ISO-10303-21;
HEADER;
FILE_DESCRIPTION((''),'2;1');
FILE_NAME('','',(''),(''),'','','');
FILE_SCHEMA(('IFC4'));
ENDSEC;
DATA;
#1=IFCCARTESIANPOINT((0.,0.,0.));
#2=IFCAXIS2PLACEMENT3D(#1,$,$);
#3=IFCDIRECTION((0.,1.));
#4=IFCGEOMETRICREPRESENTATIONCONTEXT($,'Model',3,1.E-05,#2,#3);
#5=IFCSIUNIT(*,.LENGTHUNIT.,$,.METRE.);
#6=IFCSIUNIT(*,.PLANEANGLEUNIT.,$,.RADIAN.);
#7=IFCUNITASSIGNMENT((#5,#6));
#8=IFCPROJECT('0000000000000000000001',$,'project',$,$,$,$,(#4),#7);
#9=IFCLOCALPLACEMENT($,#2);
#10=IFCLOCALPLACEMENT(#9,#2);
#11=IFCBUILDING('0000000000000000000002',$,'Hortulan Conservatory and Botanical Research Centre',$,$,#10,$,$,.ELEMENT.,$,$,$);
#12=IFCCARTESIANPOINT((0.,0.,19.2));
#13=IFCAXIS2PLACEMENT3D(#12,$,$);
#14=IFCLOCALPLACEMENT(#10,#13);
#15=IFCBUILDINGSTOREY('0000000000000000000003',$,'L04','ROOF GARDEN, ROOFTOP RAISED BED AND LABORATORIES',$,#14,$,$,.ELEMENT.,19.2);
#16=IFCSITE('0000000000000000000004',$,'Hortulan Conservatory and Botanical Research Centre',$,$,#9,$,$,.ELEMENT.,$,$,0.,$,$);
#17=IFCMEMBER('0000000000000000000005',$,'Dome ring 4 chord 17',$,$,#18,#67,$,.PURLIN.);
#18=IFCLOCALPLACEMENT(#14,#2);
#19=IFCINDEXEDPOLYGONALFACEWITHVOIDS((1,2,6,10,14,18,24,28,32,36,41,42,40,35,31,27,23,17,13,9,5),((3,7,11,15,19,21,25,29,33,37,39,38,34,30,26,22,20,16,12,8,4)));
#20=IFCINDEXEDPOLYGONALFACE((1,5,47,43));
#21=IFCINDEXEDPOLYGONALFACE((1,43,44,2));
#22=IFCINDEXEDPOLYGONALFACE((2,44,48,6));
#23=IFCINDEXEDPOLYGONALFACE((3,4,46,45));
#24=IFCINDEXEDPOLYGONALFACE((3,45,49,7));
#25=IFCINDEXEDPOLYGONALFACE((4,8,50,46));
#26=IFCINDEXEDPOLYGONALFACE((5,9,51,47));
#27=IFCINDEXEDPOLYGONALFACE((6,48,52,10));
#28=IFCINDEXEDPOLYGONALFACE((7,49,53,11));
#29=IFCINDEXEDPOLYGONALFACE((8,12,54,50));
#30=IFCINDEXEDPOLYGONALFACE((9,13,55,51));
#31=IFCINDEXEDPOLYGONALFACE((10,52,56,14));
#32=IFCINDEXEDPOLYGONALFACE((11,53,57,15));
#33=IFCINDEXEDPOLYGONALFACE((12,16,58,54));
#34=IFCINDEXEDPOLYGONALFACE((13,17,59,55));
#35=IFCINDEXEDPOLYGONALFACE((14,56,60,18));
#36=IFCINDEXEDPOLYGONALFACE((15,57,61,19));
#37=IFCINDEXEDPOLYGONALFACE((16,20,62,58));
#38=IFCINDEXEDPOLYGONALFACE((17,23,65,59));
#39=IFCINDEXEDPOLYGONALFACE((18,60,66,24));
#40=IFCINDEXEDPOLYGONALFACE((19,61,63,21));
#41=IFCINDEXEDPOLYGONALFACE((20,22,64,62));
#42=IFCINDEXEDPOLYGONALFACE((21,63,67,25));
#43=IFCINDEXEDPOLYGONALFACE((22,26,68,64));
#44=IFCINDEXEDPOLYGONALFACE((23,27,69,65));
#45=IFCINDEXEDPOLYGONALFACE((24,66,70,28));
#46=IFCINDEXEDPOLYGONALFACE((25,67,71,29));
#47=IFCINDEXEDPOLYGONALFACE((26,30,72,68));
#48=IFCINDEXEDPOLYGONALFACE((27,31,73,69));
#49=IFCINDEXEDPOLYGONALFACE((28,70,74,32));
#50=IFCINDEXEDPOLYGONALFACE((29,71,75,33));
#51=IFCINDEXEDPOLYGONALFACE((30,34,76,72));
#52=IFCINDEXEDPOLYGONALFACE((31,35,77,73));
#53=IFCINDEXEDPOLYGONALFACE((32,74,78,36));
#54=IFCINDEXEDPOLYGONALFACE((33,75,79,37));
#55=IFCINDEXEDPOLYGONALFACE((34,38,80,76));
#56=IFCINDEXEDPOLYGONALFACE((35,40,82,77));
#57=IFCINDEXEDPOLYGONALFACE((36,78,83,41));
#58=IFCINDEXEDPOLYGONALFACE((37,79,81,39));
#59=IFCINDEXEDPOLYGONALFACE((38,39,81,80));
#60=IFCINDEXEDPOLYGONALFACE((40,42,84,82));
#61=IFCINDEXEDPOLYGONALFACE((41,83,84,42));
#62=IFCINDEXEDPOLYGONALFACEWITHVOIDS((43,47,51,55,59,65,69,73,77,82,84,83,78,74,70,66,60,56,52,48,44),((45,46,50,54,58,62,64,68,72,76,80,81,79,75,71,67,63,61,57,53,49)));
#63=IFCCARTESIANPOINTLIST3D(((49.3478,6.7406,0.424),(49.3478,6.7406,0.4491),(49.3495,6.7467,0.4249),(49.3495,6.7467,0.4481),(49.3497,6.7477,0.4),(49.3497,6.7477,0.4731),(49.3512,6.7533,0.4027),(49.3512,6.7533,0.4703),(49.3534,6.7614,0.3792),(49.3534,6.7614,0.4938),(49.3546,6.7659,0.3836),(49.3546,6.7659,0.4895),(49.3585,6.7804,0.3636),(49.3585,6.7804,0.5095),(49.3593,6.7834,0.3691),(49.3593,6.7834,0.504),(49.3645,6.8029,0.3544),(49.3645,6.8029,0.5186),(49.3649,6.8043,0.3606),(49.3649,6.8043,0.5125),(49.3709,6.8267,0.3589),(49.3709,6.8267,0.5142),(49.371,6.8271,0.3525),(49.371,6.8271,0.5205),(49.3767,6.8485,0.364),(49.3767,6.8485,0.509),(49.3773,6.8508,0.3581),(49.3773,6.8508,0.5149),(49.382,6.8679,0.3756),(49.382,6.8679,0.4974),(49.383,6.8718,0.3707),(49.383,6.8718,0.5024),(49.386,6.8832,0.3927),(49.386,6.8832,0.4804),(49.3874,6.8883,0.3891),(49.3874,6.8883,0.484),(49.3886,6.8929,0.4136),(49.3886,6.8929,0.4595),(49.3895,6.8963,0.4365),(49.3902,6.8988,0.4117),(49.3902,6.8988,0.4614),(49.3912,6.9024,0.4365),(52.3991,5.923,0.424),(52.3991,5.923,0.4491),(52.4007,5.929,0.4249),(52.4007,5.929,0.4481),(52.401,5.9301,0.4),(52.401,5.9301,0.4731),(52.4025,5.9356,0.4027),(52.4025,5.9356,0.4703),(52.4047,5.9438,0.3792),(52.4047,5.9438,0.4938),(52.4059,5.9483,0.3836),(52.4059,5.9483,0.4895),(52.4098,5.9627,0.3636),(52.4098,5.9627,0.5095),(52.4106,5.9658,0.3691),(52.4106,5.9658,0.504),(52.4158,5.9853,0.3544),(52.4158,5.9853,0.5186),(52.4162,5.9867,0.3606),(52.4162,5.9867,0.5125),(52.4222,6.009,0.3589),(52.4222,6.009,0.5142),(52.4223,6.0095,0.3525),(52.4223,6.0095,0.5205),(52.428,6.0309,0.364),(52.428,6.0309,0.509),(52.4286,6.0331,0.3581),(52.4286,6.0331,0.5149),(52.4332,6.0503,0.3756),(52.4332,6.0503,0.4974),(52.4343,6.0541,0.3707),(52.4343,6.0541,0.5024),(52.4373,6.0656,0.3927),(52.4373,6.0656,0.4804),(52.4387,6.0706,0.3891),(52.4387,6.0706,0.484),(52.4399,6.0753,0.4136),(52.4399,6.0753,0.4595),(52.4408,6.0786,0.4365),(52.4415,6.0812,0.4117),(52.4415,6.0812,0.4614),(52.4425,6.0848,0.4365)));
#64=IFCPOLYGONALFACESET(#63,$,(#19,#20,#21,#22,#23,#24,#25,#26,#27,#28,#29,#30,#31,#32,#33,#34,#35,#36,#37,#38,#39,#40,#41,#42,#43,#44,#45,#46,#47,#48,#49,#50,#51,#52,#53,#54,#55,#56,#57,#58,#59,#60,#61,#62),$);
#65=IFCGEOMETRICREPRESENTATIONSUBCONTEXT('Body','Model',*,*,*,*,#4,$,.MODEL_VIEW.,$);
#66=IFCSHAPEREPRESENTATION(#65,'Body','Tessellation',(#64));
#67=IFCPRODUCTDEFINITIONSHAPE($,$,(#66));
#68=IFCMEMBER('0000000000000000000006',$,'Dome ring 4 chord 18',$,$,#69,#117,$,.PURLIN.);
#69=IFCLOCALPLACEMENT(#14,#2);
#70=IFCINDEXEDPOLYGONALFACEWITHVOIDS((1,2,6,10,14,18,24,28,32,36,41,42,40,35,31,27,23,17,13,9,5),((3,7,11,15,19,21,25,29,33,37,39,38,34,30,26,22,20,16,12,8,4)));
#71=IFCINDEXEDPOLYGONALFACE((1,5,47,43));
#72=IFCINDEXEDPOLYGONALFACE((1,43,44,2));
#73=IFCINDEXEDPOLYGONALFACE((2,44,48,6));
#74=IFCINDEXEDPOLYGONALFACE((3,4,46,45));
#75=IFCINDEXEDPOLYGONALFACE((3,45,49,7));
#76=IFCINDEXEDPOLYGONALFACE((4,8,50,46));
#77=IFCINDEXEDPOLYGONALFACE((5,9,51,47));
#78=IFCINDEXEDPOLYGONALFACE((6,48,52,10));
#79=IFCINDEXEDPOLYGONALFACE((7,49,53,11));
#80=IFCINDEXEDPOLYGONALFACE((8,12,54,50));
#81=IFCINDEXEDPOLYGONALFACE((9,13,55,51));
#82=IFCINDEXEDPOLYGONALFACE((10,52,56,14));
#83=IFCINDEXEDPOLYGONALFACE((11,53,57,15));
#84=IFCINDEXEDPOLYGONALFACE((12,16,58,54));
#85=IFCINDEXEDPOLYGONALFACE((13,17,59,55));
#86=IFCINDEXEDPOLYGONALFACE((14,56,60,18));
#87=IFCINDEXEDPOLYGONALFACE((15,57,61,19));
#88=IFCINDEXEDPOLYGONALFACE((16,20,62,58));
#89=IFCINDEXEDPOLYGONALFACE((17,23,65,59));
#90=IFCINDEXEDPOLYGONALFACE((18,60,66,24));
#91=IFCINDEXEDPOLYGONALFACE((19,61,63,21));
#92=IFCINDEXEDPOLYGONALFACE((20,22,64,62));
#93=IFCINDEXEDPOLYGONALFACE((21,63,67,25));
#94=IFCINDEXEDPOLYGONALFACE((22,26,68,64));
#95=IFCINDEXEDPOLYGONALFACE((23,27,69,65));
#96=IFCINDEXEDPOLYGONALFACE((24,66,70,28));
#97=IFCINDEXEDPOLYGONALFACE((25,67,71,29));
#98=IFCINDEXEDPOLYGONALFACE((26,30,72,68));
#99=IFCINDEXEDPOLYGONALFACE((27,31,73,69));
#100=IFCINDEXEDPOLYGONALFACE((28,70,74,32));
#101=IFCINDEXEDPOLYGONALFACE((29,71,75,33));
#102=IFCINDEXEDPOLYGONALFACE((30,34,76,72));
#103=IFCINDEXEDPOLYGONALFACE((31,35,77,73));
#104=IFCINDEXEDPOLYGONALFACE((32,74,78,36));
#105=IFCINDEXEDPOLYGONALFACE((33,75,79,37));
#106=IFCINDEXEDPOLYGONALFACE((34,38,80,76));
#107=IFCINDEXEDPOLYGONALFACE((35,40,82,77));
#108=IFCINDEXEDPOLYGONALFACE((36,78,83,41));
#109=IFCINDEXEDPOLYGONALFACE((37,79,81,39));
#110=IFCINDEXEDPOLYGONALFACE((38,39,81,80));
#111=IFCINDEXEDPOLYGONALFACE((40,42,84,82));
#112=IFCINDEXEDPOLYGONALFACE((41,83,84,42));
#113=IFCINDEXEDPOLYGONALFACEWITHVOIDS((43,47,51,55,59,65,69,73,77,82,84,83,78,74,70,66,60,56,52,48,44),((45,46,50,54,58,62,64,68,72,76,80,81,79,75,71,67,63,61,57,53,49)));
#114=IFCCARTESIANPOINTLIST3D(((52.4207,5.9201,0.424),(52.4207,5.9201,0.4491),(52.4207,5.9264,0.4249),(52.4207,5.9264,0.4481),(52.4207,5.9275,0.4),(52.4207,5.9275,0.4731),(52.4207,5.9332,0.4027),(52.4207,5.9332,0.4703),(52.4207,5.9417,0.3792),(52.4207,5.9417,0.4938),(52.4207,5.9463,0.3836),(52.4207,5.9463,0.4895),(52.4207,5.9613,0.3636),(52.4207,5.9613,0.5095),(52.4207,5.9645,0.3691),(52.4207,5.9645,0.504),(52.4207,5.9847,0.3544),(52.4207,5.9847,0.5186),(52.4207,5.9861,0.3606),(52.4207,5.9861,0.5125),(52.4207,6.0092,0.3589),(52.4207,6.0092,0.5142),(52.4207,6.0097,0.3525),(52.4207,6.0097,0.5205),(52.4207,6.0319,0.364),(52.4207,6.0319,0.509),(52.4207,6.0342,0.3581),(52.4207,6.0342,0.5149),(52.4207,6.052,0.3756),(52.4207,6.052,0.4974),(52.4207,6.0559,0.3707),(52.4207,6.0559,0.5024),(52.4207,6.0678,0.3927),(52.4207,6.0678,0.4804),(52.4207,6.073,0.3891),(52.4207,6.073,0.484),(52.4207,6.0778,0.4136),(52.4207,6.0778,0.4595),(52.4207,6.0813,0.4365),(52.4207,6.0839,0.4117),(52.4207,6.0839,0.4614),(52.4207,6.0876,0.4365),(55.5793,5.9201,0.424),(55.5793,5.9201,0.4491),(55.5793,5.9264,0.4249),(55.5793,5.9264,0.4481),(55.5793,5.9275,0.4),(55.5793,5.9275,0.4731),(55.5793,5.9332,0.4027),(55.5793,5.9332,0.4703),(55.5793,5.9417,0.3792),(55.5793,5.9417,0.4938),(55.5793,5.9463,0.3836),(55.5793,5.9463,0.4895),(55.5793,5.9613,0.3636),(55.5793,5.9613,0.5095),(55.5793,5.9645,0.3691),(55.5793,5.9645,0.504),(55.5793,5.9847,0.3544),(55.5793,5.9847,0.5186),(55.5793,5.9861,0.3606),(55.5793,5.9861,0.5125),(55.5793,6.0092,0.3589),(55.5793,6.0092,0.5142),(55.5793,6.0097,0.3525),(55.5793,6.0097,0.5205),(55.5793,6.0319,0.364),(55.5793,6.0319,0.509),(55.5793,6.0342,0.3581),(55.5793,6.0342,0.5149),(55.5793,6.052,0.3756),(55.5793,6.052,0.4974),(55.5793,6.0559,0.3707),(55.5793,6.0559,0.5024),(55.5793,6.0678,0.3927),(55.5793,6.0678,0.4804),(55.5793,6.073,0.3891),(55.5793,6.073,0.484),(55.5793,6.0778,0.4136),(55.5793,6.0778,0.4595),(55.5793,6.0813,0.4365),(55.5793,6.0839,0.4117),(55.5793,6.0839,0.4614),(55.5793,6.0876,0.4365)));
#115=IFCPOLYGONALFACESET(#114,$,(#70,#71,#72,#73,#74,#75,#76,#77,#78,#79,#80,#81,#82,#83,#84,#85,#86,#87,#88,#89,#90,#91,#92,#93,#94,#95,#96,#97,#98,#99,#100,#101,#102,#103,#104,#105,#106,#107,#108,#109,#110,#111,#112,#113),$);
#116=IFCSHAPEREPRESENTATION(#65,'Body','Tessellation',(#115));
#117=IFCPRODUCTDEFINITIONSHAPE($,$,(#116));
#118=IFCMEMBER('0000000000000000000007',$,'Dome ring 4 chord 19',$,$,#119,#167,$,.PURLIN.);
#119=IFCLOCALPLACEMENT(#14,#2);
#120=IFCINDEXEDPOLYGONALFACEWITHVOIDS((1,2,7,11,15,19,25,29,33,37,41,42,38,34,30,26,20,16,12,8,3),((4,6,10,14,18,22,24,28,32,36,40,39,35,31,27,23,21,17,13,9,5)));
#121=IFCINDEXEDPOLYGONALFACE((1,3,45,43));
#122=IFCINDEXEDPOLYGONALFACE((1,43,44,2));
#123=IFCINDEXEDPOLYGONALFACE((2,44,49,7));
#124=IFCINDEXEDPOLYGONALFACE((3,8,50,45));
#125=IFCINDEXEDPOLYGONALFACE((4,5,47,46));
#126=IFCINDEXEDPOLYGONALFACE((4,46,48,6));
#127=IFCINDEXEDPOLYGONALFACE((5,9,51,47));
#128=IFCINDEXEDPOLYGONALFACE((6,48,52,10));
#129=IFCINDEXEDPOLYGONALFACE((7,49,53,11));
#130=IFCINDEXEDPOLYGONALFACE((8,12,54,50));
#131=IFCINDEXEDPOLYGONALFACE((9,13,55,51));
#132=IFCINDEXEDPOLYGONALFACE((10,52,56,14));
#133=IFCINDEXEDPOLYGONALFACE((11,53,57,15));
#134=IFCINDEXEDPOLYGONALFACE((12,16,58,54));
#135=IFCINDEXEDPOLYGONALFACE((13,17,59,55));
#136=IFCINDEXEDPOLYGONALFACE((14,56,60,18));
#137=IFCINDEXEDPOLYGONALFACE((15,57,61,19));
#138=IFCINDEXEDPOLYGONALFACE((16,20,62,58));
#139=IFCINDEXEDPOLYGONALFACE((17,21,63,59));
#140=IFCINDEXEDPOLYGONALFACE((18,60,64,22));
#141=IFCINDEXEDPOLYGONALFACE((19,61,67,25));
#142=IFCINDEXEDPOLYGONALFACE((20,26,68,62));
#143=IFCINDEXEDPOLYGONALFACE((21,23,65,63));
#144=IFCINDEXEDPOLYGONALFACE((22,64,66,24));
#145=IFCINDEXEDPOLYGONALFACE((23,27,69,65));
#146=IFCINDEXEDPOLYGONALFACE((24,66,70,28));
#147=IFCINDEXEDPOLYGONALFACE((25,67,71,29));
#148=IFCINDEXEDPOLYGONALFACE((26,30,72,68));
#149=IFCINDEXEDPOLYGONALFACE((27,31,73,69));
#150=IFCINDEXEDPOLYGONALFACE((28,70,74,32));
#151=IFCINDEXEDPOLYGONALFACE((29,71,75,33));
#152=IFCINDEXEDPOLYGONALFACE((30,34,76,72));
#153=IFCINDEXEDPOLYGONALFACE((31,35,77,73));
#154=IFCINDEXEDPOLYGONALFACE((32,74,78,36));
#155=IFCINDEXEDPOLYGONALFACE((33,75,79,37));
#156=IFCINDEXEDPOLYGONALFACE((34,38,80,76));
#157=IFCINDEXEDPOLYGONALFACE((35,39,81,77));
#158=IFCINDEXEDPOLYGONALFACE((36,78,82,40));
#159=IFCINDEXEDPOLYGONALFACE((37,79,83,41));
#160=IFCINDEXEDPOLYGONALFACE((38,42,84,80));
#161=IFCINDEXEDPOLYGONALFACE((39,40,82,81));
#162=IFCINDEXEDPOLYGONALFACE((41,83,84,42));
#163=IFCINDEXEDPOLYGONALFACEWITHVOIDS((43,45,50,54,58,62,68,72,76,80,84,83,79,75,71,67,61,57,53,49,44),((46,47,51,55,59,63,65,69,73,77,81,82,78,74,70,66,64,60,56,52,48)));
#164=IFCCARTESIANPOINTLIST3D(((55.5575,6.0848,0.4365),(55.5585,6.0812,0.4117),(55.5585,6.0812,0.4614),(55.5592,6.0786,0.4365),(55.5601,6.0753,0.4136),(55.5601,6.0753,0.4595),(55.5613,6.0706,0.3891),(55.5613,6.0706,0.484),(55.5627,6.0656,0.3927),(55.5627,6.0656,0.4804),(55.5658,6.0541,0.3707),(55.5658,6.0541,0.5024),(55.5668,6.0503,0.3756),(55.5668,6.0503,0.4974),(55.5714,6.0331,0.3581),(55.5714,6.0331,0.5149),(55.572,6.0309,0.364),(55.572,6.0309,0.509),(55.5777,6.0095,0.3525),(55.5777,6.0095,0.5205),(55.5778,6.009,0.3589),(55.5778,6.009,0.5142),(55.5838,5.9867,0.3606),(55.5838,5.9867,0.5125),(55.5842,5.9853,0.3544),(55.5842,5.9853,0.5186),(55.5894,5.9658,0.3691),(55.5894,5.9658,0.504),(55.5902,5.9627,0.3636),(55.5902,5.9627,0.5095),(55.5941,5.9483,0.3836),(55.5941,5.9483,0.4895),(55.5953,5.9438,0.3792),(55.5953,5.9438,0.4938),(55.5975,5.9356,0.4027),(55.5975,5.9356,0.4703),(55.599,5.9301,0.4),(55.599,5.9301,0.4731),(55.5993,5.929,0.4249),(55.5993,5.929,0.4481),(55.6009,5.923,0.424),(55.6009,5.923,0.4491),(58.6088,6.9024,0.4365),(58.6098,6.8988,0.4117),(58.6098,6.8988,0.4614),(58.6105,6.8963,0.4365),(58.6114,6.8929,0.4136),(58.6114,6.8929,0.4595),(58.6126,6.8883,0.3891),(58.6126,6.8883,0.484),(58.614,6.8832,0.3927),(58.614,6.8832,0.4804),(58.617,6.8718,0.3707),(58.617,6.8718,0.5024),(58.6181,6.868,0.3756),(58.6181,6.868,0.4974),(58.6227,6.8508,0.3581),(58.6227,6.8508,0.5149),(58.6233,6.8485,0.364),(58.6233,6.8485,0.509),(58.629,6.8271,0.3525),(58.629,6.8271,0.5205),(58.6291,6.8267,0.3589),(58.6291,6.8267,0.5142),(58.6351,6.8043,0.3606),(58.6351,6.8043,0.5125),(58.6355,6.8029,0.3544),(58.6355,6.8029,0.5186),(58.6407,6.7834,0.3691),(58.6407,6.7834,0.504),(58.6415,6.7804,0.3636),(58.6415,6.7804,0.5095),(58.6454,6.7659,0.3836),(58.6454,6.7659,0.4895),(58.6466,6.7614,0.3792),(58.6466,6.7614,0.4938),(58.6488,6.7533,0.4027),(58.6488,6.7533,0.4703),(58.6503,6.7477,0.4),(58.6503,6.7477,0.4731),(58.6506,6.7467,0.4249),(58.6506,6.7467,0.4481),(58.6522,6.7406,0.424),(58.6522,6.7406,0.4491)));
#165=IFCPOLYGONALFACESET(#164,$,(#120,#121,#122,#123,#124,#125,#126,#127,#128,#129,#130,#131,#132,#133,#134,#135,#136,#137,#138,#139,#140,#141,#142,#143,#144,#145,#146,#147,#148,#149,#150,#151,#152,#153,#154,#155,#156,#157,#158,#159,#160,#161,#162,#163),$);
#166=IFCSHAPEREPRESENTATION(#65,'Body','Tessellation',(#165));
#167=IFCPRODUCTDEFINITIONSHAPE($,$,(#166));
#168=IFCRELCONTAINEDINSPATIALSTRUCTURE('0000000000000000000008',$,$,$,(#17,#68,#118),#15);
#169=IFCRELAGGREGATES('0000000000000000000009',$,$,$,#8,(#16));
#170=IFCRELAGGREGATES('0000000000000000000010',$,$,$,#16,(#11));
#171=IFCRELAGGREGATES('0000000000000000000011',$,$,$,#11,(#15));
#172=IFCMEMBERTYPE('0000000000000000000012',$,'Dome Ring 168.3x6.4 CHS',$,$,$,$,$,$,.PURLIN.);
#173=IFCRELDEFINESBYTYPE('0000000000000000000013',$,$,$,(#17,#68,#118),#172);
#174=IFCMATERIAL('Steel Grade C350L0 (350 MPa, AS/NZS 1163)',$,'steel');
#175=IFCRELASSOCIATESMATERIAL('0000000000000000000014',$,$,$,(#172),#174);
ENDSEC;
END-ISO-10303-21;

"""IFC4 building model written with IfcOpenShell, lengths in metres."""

from ifc_helpers import new_model, si_unit, direction, frame, origin, origin_2d, place, context, subcontext, project, spatial, hollow_circle, extrude, material, material_profile, profile_set, type_object, element, save


model = new_model("IFC4")

# Units and contexts
model_context = context("Model", 3, precision=1e-05, world=origin(), true_north=direction((0.0, 1.0)))
body_context = subcontext(model_context, "Body", "Model", "MODEL_VIEW")
ifc_project = project(units=[si_unit("LENGTHUNIT", "METRE"), si_unit("PLANEANGLEUNIT", "RADIAN")], contexts=[model_context])

# Site, building, storey
site_placement = place(None, origin())
site = spatial("IfcSite", under=ifc_project, at=site_placement, Name="Hortulan Conservatory and Botanical Research Centre", CompositionType="ELEMENT", RefElevation=0.0)
building_placement = place(site_placement, origin())
building = spatial("IfcBuilding", under=site, at=building_placement, Name="Hortulan Conservatory and Botanical Research Centre", CompositionType="ELEMENT")
storey_placement = place(building_placement, frame((0.0, 0.0, 19.2)))
storey = spatial("IfcBuildingStorey", under=building, at=storey_placement, Name="L04", Description="ROOF GARDEN, ROOFTOP RAISED BED AND LABORATORIES", CompositionType="ELEMENT", Elevation=19.2)

# Shared definitions
ifc_material_1 = material(Name="Steel Grade C350L0 (350 MPa, AS/NZS 1163)", Category="steel")

# Members
ifc_material_profile_1 = material_profile(ifc_material_1, hollow_circle(Radius=0.0842, WallThickness=0.0063, at=origin_2d()), Name="168.3x6.4CHS")
ifc_profile_set_1 = profile_set([ifc_material_profile_1], Name="Steel Grade C350L0 (350 MPa, AS/NZS 1163)")
member_type_1 = type_object("IfcMemberType", Name="Dome Ring 168.3x6.4 CHS", PredefinedType="PURLIN", material=ifc_profile_set_1)
member_1_placement = place(storey_placement, frame((49.3694, 6.821, 0.4365), z_axis=(0.965923, -0.258831, 0.0), x_axis=(0.258831, 0.965923, 0.0)))
element("IfcMember", 1, at=member_1_placement, inside=storey, type_object=member_type_1, Name="Dome ring 4 chord 17", PredefinedType="PURLIN", context=body_context, shape_type="SweptSolid", body=[
    extrude(hollow_circle(Radius=0.0842, WallThickness=0.0063, at=origin_2d()), origin(), (0.0, 0.0, 1.0), 3.1589),
])
member_2_placement = place(storey_placement, frame((52.4207, 6.0034, 0.4365), z_axis=(1.0, 0.0, 0.0), x_axis=(0.0, 1.0, 0.0)))
element("IfcMember", 2, at=member_2_placement, inside=storey, type_object=member_type_1, Name="Dome ring 4 chord 18", PredefinedType="PURLIN", context=body_context, shape_type="SweptSolid", body=[
    extrude(hollow_circle(Radius=0.0842, WallThickness=0.0063, at=origin_2d()), origin(), (0.0, 0.0, 1.0), 3.1587),
])
member_3_placement = place(storey_placement, frame((55.5793, 6.0034, 0.4365), z_axis=(0.965923, 0.258831, 0.0), x_axis=(-0.258831, 0.965923, 0.0)))
element("IfcMember", 3, at=member_3_placement, inside=storey, type_object=member_type_1, Name="Dome ring 4 chord 19", PredefinedType="PURLIN", context=body_context, shape_type="SweptSolid", body=[
    extrude(hollow_circle(Radius=0.0842, WallThickness=0.0063, at=origin_2d()), origin(), (0.0, 0.0, 1.0), 3.1589),
])

save(model, "model.ifc")
